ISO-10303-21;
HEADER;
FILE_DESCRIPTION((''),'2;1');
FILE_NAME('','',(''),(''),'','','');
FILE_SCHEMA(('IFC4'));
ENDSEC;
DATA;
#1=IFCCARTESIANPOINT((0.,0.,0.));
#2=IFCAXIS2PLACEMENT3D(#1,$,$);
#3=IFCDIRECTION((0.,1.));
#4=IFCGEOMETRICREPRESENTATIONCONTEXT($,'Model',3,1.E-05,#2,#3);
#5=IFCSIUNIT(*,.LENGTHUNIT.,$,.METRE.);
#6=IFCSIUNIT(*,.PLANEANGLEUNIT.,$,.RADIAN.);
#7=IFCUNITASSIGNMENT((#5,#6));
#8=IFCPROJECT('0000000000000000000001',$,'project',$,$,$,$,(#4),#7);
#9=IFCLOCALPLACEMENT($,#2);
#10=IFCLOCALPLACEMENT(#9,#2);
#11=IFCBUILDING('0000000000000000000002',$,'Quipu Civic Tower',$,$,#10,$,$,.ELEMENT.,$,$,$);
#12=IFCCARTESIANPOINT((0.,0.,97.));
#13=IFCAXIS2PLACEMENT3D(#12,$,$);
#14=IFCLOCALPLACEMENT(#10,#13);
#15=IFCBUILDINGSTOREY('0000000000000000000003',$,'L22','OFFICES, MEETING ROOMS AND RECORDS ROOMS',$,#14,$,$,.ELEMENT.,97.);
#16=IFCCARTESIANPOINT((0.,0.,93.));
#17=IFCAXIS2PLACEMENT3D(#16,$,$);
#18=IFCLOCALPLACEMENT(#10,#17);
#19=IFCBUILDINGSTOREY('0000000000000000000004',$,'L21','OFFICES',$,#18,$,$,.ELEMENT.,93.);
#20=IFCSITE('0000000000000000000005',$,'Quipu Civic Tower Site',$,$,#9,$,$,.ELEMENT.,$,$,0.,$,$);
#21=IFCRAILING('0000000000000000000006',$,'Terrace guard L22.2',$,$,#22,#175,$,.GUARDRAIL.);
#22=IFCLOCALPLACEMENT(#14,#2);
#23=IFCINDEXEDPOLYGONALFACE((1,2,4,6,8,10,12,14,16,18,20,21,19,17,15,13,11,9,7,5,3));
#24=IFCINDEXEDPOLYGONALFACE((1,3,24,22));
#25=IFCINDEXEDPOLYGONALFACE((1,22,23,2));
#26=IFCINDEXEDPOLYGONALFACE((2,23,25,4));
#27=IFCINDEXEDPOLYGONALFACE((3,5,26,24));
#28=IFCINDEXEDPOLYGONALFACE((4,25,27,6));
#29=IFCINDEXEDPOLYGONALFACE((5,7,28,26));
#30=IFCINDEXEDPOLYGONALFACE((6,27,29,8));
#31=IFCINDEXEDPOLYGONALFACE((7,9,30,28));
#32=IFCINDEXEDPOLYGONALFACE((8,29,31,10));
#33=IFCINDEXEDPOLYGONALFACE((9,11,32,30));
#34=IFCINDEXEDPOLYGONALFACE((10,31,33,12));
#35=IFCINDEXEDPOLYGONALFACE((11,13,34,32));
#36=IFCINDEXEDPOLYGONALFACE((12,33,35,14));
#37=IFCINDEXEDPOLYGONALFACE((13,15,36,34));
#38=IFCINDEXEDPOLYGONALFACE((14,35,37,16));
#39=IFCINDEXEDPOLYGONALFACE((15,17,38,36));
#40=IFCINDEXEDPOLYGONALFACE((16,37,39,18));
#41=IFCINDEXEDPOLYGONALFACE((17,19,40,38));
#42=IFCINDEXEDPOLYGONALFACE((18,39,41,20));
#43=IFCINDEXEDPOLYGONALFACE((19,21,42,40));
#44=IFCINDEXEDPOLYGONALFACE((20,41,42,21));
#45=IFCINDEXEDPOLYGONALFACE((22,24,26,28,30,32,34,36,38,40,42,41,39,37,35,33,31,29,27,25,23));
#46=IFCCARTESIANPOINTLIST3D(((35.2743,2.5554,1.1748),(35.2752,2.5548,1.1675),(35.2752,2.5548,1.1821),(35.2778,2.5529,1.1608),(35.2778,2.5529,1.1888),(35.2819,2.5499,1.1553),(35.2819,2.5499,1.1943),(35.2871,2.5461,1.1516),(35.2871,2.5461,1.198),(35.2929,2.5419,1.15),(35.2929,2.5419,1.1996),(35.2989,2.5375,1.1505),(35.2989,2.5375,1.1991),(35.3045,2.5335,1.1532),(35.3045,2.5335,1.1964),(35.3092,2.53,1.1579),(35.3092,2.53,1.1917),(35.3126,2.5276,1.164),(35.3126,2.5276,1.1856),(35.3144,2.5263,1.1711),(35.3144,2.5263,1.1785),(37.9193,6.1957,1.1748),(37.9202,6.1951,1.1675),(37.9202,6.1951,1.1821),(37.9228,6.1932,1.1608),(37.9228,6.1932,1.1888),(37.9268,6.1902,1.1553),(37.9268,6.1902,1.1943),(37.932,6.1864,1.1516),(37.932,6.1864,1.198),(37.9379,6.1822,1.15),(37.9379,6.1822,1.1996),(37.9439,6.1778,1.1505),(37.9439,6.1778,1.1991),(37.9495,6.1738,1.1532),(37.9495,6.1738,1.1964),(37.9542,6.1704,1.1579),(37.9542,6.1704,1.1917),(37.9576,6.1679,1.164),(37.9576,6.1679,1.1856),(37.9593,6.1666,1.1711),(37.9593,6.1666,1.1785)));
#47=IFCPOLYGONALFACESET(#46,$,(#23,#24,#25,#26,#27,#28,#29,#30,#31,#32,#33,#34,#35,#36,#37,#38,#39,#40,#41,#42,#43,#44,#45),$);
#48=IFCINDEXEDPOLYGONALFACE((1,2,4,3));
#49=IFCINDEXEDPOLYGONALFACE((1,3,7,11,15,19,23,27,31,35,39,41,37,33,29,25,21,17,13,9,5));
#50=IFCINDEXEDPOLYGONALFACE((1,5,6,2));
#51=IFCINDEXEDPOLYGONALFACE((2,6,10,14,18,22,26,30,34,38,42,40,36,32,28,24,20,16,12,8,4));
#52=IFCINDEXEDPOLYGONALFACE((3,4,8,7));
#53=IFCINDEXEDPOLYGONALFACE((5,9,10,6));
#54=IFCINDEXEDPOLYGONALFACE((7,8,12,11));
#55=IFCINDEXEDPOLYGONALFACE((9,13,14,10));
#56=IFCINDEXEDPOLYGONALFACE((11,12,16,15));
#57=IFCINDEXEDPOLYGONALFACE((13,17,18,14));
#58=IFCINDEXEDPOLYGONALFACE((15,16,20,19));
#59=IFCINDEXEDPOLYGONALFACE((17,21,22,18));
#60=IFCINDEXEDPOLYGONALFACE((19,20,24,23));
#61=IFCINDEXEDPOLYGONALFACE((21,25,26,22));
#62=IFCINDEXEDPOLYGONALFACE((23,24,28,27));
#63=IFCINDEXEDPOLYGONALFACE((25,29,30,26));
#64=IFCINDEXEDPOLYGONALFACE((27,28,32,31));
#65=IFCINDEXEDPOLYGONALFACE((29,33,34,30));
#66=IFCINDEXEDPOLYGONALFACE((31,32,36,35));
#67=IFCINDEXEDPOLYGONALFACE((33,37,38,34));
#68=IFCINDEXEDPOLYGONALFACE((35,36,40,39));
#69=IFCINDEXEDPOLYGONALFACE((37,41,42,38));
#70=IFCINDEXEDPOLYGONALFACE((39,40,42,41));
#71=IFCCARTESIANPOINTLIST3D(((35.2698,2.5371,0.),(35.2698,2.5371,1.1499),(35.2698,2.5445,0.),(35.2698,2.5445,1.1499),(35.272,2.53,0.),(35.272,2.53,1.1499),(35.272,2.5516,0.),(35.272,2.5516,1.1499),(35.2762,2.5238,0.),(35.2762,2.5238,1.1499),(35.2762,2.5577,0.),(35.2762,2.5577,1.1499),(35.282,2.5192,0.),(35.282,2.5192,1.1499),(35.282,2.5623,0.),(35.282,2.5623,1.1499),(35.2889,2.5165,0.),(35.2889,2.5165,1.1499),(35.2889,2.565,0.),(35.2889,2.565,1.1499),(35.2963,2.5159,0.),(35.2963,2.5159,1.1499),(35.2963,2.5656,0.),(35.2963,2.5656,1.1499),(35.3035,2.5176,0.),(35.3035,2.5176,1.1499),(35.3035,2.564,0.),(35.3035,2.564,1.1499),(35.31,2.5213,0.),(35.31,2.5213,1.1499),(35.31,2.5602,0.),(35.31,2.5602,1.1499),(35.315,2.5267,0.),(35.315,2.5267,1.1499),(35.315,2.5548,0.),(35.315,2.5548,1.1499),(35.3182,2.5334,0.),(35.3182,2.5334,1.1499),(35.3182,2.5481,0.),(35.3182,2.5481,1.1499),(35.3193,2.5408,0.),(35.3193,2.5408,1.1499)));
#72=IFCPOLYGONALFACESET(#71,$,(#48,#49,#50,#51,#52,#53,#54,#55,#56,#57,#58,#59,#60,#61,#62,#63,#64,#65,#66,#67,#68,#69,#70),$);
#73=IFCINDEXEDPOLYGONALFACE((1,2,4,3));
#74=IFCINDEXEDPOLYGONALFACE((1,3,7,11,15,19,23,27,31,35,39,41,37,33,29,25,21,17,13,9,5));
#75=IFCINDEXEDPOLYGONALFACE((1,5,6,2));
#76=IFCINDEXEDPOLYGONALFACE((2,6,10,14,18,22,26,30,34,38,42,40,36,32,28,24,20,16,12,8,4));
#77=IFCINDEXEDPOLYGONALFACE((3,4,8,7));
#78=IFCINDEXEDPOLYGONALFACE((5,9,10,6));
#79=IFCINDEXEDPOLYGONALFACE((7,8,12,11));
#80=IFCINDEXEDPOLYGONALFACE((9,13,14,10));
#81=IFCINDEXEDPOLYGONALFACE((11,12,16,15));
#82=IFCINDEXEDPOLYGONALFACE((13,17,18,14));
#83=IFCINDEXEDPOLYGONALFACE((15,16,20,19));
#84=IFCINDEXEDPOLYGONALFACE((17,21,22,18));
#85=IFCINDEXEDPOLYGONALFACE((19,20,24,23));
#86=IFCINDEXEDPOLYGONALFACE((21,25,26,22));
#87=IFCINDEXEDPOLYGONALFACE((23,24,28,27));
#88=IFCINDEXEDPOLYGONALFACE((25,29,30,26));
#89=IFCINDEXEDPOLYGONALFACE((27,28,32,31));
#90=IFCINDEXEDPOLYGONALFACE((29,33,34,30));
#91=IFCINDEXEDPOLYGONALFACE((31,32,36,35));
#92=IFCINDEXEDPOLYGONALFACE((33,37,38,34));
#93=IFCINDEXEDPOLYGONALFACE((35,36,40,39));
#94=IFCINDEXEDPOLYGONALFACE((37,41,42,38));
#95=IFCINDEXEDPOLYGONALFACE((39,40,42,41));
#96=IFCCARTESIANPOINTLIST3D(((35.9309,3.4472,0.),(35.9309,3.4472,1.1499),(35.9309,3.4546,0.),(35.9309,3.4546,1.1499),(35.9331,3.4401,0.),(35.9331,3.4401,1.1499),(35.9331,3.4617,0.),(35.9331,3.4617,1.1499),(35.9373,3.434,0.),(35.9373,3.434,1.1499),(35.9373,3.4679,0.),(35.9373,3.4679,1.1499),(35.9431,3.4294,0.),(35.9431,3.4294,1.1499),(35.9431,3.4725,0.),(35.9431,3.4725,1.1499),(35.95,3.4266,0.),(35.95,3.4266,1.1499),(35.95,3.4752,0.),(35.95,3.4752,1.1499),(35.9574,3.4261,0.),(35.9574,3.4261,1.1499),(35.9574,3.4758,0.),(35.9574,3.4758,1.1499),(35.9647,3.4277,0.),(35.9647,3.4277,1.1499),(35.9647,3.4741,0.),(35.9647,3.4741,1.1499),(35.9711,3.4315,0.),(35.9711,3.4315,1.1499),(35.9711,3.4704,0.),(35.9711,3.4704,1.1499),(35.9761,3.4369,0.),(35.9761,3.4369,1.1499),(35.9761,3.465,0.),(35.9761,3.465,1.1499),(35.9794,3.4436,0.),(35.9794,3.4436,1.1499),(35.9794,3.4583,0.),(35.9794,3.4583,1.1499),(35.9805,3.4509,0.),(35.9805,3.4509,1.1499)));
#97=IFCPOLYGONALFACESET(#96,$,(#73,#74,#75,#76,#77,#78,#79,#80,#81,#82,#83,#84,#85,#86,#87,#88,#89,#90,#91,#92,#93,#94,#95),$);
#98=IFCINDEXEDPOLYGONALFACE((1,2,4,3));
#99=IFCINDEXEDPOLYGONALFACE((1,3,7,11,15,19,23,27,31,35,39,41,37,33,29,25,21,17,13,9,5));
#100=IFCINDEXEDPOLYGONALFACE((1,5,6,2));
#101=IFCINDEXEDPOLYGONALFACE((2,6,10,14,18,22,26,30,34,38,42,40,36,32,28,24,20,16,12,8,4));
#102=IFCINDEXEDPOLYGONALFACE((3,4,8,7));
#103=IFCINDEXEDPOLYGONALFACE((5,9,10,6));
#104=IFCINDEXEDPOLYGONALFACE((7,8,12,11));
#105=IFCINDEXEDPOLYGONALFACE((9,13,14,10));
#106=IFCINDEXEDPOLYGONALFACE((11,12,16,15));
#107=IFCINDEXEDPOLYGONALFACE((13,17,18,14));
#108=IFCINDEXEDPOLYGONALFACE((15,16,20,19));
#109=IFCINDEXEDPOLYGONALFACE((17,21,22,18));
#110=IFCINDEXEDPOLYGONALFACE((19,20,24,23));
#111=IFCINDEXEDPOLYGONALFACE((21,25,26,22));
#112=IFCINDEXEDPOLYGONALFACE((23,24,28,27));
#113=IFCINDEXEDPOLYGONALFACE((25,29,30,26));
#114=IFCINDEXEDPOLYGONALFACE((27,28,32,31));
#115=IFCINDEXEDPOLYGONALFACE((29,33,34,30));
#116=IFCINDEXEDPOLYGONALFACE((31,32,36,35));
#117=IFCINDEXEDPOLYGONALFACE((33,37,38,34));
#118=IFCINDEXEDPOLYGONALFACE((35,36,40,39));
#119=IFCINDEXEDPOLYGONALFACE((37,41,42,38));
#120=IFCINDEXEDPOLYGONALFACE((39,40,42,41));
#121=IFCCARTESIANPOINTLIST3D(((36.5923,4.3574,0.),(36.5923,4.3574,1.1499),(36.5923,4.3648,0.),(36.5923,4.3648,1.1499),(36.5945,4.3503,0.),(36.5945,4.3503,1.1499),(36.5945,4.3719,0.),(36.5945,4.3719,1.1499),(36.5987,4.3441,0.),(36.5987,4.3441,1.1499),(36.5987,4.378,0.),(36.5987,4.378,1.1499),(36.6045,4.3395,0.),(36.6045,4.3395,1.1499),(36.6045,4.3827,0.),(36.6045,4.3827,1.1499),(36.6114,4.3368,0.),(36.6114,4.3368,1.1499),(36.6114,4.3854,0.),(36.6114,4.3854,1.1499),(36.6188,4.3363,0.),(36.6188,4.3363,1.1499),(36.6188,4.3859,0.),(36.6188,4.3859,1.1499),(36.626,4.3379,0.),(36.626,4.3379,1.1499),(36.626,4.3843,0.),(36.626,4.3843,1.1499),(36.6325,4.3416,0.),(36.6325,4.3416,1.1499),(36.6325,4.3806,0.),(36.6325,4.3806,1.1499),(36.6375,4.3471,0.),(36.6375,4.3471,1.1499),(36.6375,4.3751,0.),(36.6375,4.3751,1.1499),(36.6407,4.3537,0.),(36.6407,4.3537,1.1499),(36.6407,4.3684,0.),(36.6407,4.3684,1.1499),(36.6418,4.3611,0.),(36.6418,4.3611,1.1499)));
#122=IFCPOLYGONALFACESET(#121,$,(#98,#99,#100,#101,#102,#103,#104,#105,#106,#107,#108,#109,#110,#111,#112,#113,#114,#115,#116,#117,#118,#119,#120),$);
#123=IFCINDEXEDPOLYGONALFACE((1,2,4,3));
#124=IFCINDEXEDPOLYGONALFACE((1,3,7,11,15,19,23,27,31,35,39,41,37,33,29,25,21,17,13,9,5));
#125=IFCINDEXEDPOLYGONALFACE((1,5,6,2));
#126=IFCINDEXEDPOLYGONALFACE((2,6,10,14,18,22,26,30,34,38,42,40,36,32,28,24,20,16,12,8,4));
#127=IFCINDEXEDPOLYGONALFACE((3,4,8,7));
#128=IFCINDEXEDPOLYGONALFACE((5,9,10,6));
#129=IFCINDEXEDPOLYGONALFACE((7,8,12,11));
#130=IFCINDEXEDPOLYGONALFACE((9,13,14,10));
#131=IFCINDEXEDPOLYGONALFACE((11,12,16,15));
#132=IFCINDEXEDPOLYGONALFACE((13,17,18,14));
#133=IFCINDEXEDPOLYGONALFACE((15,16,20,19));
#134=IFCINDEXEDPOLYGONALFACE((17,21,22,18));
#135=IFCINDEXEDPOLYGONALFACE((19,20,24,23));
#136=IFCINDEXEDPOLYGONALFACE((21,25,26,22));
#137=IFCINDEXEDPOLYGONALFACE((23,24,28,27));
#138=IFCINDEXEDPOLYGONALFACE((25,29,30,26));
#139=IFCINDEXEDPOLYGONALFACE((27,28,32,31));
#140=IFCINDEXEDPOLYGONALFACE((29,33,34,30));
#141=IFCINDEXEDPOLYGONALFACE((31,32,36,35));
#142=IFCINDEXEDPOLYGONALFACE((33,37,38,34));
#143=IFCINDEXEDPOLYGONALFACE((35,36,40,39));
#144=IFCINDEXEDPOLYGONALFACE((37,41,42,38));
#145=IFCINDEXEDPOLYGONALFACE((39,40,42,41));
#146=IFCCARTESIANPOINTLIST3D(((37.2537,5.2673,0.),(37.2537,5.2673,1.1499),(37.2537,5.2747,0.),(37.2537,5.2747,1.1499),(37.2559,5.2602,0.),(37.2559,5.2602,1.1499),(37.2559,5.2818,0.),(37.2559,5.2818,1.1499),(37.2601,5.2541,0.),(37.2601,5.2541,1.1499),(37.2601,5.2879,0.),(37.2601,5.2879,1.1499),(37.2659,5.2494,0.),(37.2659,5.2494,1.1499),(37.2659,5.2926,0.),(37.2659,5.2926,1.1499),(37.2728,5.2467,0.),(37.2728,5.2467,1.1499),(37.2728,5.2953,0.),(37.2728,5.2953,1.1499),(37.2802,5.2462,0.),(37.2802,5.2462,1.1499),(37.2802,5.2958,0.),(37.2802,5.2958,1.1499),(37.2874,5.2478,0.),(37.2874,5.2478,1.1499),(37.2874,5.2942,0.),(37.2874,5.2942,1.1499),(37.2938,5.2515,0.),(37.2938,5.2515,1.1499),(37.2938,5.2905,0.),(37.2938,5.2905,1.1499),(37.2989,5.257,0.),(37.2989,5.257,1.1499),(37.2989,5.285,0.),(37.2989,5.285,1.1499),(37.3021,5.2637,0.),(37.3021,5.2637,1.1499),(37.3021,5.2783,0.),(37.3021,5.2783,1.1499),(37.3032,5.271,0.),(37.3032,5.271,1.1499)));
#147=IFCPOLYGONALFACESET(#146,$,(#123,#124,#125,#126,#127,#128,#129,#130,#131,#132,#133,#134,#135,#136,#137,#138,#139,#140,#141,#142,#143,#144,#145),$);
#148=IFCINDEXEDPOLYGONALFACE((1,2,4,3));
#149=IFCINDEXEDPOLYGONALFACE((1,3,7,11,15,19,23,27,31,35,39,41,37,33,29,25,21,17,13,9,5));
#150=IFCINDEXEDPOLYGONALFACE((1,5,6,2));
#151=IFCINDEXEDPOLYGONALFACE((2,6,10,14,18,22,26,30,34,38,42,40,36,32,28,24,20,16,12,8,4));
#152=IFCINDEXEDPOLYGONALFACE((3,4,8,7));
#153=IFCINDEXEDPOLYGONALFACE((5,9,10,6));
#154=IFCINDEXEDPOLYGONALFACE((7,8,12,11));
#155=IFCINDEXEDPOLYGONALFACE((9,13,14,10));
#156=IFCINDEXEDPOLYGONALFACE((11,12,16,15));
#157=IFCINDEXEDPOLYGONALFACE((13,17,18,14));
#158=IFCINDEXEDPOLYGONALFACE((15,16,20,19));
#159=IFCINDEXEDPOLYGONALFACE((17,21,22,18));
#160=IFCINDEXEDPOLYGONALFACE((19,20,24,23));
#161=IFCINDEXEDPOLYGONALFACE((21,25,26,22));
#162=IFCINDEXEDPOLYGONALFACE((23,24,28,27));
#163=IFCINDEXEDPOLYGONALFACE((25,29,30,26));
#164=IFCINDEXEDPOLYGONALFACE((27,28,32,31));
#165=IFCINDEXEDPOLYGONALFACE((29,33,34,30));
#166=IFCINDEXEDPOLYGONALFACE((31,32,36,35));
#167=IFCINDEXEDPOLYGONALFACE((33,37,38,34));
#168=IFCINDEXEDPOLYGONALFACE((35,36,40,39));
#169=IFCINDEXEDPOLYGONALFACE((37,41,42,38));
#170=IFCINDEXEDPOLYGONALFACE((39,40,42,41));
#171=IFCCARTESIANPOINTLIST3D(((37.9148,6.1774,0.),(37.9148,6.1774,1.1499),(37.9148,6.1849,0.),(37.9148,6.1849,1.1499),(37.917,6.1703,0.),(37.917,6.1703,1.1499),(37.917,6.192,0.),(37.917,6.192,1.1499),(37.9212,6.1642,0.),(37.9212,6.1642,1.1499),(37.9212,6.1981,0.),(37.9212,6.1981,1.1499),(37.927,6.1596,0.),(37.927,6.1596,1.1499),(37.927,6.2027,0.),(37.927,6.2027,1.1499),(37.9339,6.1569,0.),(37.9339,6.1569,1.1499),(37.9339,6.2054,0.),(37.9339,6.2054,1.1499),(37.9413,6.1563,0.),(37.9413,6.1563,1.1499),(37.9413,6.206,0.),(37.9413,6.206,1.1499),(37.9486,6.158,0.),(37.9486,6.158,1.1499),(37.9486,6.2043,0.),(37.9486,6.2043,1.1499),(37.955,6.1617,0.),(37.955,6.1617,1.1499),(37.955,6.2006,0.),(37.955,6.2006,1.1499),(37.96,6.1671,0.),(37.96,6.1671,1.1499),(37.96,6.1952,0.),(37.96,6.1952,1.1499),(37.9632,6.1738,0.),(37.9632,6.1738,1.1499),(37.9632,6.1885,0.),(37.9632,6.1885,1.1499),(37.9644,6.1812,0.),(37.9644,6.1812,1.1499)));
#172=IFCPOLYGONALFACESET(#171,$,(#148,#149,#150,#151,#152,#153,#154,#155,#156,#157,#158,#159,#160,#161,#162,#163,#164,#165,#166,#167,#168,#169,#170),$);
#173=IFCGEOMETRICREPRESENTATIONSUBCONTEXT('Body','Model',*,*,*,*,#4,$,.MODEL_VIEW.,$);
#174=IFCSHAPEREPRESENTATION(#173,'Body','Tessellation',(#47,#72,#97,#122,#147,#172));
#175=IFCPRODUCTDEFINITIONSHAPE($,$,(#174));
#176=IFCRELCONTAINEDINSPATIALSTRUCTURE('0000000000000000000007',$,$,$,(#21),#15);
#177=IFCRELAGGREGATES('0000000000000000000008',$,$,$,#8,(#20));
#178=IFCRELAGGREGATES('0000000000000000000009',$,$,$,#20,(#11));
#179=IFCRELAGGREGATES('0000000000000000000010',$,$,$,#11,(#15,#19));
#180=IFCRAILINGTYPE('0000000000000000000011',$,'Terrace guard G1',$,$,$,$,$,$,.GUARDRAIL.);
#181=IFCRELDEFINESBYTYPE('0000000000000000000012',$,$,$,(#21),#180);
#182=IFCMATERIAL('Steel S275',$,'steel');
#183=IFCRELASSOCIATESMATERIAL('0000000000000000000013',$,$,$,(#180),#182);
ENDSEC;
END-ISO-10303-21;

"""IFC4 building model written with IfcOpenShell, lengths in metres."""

from ifc_helpers import new_model, si_unit, direction, frame, origin, origin_2d, place, context, subcontext, project, spatial, circle, extrude, material, type_object, element, save


model = new_model("IFC4")

# Units and contexts
model_context = context("Model", 3, precision=1e-05, world=origin(), true_north=direction((0.0, 1.0)))
body_context = subcontext(model_context, "Body", "Model", "MODEL_VIEW")
ifc_project = project(units=[si_unit("LENGTHUNIT", "METRE"), si_unit("PLANEANGLEUNIT", "RADIAN")], contexts=[model_context])

# Site, building, storey
site_placement = place(None, origin())
site = spatial("IfcSite", under=ifc_project, at=site_placement, Name="Quipu Civic Tower Site", CompositionType="ELEMENT", RefElevation=0.0)
building_placement = place(site_placement, origin())
building = spatial("IfcBuilding", under=site, at=building_placement, Name="Quipu Civic Tower", CompositionType="ELEMENT")
storey_1_placement = place(building_placement, frame((0.0, 0.0, 97.0)))
storey_1 = spatial("IfcBuildingStorey", under=building, at=storey_1_placement, Name="L22", Description="OFFICES, MEETING ROOMS AND RECORDS ROOMS", CompositionType="ELEMENT", Elevation=97.0)

# Shared definitions
storey_2_placement = place(building_placement, frame((0.0, 0.0, 93.0)))
storey_2 = spatial("IfcBuildingStorey", under=building, at=storey_2_placement, Name="L21", Description="OFFICES", CompositionType="ELEMENT", Elevation=93.0)

# Railing
ifc_material_1 = material(Name="Steel S275", Category="steel")
railing_type = type_object("IfcRailingType", Name="Terrace guard G1", PredefinedType="GUARDRAIL", material=ifc_material_1)
railing_1_placement = place(storey_1_placement, frame((35.2944, 2.5408, 0.0)))
element("IfcRailing", 1, at=railing_1_placement, inside=storey_1, type_object=railing_type, Name="Terrace guard L22.2", PredefinedType="GUARDRAIL", context=body_context, shape_type="SweptSolid", body=[
    extrude(circle(Radius=0.0249, at=origin_2d()), frame((0.0, 0.0, 1.1748), z_axis=(0.587804, 0.809003, 0.0), x_axis=(-0.809003, 0.587804, 0.0)), (0.0, 0.0, 1.0), 4.4998),
    extrude(circle(Radius=0.0249, at=origin_2d()), origin(), (0.0, 0.0, 1.0), 1.1499),
    extrude(circle(Radius=0.0249, at=origin_2d()), frame((0.6611, 0.9102, 0.0)), (0.0, 0.0, 1.0), 1.1499),
    extrude(circle(Radius=0.0249, at=origin_2d()), frame((1.3225, 1.8203, 0.0)), (0.0, 0.0, 1.0), 1.1499),
    extrude(circle(Radius=0.0249, at=origin_2d()), frame((1.9839, 2.7302, 0.0)), (0.0, 0.0, 1.0), 1.1499),
    extrude(circle(Radius=0.0249, at=origin_2d()), frame((2.645, 3.6404, 0.0)), (0.0, 0.0, 1.0), 1.1499),
])

save(model, "model.ifc")
